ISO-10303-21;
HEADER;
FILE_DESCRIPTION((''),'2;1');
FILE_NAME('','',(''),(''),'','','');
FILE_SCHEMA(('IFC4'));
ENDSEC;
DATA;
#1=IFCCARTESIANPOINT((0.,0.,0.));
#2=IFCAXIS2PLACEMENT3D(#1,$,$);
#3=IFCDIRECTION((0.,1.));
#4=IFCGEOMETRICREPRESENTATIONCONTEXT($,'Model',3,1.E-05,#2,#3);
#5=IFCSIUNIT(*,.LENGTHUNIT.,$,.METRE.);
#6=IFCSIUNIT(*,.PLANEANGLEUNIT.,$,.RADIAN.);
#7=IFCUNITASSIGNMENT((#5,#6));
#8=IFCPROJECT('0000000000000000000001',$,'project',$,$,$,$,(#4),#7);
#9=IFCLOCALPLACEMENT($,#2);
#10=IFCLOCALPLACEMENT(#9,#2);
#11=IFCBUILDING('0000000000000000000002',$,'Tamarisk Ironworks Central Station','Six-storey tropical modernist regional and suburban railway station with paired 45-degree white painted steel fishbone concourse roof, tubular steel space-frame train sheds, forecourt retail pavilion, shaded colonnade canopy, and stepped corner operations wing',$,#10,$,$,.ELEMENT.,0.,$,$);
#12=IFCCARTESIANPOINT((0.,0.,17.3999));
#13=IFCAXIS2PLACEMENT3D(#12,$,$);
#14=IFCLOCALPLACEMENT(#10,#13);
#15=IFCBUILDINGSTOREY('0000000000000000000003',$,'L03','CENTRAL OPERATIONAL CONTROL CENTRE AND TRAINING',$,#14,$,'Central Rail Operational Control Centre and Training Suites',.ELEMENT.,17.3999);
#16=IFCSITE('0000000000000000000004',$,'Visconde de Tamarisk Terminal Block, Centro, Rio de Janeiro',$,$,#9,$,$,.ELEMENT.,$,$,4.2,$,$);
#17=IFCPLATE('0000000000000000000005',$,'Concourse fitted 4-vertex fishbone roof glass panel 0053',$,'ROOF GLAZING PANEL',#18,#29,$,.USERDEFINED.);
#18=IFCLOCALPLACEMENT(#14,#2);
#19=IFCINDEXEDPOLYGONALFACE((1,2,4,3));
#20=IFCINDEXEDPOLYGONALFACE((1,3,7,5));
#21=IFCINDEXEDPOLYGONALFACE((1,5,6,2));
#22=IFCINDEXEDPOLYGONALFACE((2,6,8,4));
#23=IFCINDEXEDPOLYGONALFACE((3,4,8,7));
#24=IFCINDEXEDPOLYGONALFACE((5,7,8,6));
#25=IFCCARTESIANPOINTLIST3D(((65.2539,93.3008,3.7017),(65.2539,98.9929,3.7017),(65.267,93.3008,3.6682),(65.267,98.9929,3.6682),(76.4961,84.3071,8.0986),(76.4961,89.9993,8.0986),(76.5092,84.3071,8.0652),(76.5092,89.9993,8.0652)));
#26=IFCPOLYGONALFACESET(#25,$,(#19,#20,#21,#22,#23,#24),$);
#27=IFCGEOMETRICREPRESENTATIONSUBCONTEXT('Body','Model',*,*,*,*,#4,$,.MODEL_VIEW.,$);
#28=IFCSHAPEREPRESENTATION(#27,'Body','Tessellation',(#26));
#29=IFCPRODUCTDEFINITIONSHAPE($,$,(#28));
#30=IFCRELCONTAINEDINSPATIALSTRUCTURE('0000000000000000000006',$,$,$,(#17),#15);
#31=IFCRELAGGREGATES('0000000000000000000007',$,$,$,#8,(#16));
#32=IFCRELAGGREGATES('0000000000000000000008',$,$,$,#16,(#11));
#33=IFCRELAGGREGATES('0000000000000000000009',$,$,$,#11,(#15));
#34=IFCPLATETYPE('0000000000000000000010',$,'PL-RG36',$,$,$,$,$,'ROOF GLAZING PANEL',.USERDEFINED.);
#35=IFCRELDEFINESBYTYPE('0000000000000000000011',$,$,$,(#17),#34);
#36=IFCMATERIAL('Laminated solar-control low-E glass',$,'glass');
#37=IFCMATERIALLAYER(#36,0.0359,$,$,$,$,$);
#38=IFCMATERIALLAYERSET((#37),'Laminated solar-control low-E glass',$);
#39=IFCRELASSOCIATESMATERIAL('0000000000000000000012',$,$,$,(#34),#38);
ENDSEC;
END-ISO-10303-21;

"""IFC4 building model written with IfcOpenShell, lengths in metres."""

from ifc_helpers import new_model, si_unit, direction, frame, origin, place, context, subcontext, project, spatial, polyline, outline, extrude, material, layer, layer_set, type_object, element, save


model = new_model("IFC4")

# Units and contexts
model_context = context("Model", 3, precision=1e-05, world=origin(), true_north=direction((0.0, 1.0)))
body_context = subcontext(model_context, "Body", "Model", "MODEL_VIEW")
ifc_project = project(units=[si_unit("LENGTHUNIT", "METRE"), si_unit("PLANEANGLEUNIT", "RADIAN")], contexts=[model_context])

# Site, building, storey
site_placement = place(None, origin())
site = spatial("IfcSite", under=ifc_project, at=site_placement, Name="Visconde de Tamarisk Terminal Block, Centro, Rio de Janeiro", CompositionType="ELEMENT", RefElevation=4.2)
building_placement = place(site_placement, origin())
building = spatial("IfcBuilding", under=site, at=building_placement, Name="Tamarisk Ironworks Central Station", Description="Six-storey tropical modernist regional and suburban railway station with paired 45-degree white painted steel fishbone concourse roof, tubular steel space-frame train sheds, forecourt retail pavilion, shaded colonnade canopy, and stepped corner operations wing", CompositionType="ELEMENT", ElevationOfRefHeight=0.0)
storey_placement = place(building_placement, frame((0.0, 0.0, 17.3999)))
storey = spatial("IfcBuildingStorey", under=building, at=storey_placement, Name="L03", Description="CENTRAL OPERATIONAL CONTROL CENTRE AND TRAINING", LongName="Central Rail Operational Control Centre and Training Suites", CompositionType="ELEMENT", Elevation=17.3999)

# Plate
ifc_material_1 = material(Name="Laminated solar-control low-E glass", Category="glass")
ifc_layer_1 = layer(ifc_material_1, 0.0359)
ifc_layer_set_1 = layer_set([ifc_layer_1], Name="Laminated solar-control low-E glass")
plate_type_1 = type_object("IfcPlateType", Name="PL-RG36", ElementType="ROOF GLAZING PANEL", PredefinedType="USERDEFINED", material=ifc_layer_set_1)
plate_1_placement = place(storey_placement, frame((76.4961, 84.3071, 8.0986), z_axis=(-0.364245, 0.0, 0.931303), x_axis=(0.0, 1.0, 0.0)))
element("IfcPlate", 1, at=plate_1_placement, inside=storey, type_object=plate_type_1, Name="Concourse fitted 4-vertex fishbone roof glass panel 0053", ObjectType="ROOF GLAZING PANEL", PredefinedType="USERDEFINED", context=body_context, shape_type="SweptSolid", body=[
    extrude(outline(polyline([(0.0, 0.0), (5.6921, 0.0), (14.6858, 12.0715), (8.9937, 12.0715), (0.0, 0.0)])), origin(), (0.0, 0.0, -1.0), 0.0359),
])

save(model, "model.ifc")
